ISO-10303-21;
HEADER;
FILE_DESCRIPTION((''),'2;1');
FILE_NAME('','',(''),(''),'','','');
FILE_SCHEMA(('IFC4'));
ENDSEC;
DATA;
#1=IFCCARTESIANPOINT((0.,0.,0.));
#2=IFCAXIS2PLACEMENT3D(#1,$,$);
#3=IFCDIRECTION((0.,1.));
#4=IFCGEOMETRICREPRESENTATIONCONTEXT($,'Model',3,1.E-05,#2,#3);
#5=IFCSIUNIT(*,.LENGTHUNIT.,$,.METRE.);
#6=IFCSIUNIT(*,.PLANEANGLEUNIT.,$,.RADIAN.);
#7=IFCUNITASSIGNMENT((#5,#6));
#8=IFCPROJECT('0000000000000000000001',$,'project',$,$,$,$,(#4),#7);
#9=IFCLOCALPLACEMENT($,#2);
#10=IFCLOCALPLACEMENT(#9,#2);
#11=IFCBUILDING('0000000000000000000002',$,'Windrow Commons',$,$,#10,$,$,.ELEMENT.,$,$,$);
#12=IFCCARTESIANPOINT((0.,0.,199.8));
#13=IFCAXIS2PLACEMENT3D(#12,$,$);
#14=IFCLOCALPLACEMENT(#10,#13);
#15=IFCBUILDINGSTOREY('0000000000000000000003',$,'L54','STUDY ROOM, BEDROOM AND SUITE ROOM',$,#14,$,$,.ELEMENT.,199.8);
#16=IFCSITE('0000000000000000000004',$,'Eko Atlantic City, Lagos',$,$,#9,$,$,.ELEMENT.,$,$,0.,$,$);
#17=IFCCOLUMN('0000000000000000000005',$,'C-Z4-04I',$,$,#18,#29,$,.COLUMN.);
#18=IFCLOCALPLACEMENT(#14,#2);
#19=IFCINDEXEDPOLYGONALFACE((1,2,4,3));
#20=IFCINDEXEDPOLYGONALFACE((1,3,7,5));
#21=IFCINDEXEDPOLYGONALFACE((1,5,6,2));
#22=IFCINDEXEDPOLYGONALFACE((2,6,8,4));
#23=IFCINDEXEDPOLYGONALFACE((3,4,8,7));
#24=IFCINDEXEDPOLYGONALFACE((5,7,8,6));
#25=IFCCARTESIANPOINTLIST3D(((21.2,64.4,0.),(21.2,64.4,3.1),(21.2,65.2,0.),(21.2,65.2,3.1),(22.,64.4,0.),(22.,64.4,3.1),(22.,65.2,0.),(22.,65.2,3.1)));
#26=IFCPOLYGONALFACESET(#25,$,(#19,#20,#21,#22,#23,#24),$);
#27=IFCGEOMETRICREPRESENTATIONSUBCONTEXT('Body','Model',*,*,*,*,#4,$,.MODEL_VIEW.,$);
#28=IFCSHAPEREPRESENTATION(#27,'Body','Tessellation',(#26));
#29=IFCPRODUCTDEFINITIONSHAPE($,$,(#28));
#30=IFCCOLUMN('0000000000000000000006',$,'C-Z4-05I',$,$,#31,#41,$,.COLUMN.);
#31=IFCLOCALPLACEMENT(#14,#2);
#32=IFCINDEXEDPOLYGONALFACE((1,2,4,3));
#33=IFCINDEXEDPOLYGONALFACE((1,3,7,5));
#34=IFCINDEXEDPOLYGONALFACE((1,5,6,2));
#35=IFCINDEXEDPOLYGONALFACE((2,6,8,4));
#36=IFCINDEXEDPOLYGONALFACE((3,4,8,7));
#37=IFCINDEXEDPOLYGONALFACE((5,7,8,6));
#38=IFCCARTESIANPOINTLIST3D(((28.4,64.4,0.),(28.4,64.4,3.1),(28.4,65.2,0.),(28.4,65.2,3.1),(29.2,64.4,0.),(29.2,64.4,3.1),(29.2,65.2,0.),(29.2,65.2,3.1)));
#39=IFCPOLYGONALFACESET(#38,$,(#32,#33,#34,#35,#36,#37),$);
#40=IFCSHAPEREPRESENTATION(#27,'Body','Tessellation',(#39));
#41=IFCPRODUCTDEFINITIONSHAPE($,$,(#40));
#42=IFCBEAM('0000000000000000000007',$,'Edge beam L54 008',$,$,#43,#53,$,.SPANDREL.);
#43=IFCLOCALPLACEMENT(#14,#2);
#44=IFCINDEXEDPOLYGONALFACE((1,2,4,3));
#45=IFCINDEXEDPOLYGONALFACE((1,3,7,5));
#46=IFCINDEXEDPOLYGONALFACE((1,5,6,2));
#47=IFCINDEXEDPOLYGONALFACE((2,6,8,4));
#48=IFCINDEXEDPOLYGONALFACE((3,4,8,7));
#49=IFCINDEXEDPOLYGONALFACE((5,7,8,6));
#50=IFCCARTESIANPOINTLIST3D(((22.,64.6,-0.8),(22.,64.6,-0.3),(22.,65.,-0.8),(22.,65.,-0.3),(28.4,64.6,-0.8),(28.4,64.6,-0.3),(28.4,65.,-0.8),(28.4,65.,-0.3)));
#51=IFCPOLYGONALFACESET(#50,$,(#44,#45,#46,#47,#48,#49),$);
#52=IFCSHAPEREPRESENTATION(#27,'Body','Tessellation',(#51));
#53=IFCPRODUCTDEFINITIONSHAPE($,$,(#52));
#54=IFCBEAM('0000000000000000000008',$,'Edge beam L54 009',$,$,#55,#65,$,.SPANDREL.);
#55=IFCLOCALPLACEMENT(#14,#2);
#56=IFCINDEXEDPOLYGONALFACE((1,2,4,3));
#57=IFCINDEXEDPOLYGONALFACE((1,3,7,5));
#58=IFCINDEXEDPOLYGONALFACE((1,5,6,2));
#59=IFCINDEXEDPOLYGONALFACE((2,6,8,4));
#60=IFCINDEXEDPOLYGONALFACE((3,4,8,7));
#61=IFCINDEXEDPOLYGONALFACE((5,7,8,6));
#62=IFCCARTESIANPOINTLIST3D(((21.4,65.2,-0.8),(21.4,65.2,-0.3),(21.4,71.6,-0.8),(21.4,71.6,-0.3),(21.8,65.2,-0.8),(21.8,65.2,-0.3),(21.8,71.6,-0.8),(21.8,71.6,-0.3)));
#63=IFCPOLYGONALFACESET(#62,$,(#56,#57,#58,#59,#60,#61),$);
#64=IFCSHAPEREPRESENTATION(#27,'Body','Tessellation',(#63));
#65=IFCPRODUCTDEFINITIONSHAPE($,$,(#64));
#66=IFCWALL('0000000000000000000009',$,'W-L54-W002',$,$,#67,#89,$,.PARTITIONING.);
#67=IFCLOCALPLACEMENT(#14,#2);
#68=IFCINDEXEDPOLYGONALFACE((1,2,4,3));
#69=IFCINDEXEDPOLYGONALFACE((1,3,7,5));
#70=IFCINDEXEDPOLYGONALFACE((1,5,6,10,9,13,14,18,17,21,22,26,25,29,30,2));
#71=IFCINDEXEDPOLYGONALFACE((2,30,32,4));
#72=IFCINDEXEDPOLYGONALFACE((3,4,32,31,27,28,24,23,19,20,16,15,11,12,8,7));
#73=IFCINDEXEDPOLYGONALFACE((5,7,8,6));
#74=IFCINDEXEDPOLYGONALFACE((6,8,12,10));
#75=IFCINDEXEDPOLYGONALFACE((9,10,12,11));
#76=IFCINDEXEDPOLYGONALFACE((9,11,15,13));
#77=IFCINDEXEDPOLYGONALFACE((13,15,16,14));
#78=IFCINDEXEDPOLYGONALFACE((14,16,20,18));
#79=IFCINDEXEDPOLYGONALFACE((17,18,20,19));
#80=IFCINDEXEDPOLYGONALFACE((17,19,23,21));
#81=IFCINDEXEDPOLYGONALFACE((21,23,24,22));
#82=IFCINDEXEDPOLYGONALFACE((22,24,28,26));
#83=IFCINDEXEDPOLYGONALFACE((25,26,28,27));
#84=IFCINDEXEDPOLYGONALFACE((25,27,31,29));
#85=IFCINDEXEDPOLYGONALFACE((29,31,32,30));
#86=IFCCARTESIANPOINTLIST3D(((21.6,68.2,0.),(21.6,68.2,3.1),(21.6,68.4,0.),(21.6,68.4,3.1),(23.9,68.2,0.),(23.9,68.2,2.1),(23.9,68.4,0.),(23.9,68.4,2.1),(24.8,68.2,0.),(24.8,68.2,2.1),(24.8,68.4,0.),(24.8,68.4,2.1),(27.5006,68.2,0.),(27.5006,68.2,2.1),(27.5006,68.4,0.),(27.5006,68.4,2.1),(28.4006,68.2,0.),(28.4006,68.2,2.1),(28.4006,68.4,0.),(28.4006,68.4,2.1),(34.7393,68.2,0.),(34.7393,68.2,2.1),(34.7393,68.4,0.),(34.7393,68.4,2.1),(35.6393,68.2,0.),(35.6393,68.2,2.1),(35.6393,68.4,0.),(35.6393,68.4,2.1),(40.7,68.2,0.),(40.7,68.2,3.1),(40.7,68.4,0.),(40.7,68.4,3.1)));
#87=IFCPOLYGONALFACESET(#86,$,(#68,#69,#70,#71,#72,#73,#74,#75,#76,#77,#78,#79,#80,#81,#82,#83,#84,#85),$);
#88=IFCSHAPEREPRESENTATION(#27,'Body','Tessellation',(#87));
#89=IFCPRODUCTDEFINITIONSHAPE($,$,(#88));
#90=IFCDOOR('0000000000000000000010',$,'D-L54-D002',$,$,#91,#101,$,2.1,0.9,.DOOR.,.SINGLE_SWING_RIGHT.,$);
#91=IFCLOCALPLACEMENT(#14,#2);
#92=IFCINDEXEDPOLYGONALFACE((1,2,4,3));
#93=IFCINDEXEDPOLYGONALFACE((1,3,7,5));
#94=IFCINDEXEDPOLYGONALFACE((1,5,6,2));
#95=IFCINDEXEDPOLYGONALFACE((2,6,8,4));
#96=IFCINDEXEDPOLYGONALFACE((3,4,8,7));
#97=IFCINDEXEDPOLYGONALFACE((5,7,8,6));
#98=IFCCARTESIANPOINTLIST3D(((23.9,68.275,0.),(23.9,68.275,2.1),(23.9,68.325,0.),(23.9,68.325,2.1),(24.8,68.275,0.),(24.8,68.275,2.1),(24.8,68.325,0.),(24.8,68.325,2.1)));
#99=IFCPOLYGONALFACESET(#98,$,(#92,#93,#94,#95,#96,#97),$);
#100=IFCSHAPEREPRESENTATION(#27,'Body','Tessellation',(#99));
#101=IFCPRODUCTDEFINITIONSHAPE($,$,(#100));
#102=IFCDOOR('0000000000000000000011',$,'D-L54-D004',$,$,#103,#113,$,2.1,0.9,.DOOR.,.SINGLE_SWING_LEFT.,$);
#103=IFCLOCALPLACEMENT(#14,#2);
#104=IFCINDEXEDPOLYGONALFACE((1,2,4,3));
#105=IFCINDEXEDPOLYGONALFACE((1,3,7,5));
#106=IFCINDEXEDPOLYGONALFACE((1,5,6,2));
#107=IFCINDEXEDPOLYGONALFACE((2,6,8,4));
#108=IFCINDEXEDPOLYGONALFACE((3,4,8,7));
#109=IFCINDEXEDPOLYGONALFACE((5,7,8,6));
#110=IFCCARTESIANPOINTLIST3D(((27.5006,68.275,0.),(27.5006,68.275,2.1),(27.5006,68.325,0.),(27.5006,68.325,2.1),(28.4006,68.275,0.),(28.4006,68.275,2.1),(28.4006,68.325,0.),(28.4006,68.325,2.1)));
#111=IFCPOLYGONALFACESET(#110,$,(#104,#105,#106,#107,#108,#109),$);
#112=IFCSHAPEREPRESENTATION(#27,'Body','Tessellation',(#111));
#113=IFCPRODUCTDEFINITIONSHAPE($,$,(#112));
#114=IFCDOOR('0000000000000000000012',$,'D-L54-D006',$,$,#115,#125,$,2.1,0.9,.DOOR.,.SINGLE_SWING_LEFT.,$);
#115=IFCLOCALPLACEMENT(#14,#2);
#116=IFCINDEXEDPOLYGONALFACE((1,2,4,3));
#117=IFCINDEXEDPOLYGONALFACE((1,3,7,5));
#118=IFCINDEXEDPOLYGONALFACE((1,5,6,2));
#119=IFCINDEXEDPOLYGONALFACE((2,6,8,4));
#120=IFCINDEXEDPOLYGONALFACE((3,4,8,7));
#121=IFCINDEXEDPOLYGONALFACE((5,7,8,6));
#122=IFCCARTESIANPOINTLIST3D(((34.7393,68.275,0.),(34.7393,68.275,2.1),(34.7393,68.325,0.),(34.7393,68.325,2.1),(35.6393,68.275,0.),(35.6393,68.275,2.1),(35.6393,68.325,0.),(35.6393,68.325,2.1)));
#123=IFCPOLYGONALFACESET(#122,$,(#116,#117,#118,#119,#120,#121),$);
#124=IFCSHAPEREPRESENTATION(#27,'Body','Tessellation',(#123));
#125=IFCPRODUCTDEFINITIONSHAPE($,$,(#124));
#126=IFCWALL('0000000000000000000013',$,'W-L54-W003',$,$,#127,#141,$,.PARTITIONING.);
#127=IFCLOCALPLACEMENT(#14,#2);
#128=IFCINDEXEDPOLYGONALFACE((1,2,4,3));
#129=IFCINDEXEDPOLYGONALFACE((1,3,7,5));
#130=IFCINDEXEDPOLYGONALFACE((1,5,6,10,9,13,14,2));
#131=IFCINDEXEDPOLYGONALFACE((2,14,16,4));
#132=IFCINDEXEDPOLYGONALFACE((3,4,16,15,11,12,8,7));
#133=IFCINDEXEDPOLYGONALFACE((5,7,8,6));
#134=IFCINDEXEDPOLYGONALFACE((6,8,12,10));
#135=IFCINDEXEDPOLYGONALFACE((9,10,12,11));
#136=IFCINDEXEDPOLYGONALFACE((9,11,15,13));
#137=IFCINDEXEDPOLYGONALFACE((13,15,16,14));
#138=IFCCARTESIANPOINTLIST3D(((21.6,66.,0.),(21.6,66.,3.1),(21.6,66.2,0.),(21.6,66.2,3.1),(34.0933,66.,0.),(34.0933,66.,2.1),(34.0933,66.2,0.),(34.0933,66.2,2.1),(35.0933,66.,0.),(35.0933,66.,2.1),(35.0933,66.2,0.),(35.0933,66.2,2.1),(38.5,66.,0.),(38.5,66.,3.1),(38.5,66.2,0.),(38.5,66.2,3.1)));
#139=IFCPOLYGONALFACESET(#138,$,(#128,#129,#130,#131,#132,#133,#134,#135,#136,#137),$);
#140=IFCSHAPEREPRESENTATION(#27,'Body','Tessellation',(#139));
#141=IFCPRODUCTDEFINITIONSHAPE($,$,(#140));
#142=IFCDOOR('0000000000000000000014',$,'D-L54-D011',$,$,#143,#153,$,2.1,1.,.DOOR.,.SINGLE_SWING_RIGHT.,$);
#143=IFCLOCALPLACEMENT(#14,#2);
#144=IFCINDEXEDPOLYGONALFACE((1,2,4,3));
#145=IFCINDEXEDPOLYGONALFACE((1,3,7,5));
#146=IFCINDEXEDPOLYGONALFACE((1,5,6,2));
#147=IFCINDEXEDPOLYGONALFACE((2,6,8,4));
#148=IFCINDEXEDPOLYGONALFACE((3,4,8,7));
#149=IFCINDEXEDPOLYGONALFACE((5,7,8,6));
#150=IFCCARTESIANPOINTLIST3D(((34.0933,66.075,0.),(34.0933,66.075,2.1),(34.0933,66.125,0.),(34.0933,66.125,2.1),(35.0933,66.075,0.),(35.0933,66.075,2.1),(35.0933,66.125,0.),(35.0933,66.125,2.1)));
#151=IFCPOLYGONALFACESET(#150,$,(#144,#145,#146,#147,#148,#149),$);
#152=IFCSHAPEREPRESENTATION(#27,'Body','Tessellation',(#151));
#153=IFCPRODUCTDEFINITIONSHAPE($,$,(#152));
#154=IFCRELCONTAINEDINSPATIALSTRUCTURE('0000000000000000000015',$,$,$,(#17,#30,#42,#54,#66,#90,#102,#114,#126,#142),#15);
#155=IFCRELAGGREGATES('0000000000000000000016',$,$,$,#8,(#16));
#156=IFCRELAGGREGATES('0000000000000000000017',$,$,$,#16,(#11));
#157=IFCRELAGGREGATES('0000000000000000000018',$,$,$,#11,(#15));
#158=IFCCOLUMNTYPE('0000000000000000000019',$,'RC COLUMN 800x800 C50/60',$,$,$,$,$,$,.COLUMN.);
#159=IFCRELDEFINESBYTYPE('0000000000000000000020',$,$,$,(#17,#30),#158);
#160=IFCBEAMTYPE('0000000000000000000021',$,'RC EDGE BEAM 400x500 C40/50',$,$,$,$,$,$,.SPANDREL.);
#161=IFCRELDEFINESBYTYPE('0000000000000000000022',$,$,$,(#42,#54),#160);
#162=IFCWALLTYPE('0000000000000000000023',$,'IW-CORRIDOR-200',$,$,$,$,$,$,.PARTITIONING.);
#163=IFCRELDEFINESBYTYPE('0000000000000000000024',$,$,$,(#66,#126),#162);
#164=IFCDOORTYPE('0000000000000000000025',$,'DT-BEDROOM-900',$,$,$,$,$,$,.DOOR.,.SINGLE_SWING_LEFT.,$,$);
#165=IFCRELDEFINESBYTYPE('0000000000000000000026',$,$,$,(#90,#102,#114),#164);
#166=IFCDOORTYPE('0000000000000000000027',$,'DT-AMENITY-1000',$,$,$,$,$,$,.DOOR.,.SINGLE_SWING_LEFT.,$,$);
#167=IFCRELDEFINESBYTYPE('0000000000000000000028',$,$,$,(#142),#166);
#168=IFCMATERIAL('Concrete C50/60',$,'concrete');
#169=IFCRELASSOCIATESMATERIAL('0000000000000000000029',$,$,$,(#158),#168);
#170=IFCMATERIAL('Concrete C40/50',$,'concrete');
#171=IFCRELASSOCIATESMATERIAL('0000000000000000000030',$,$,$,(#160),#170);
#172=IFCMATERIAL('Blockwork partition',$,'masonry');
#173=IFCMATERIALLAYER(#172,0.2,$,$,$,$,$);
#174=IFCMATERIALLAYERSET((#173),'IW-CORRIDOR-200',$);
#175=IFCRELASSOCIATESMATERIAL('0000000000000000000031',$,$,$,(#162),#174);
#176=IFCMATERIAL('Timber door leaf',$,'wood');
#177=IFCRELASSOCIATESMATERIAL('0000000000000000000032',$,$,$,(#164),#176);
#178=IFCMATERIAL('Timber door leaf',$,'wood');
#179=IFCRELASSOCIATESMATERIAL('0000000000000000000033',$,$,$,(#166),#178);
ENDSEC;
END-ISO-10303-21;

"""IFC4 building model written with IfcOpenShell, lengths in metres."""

from ifc_helpers import new_model, si_unit, direction, frame, frame_2d, origin, origin_2d, place, context, subcontext, project, spatial, rectangle, extrude, material, layer, layer_set, material_profile, profile_set, type_object, element, fill, save


model = new_model("IFC4")

# Units and contexts
model_context = context("Model", 3, precision=1e-05, world=origin(), true_north=direction((0.0, 1.0)))
body_context = subcontext(model_context, "Body", "Model", "MODEL_VIEW")
ifc_project = project(units=[si_unit("LENGTHUNIT", "METRE"), si_unit("PLANEANGLEUNIT", "RADIAN")], contexts=[model_context])

# Site, building, storey
site_placement = place(None, origin())
site = spatial("IfcSite", under=ifc_project, at=site_placement, Name="Eko Atlantic City, Lagos", CompositionType="ELEMENT", RefElevation=0.0)
building_placement = place(site_placement, origin())
building = spatial("IfcBuilding", under=site, at=building_placement, Name="Windrow Commons", CompositionType="ELEMENT")
storey_placement = place(building_placement, frame((0.0, 0.0, 199.8)))
storey = spatial("IfcBuildingStorey", under=building, at=storey_placement, Name="L54", Description="STUDY ROOM, BEDROOM AND SUITE ROOM", CompositionType="ELEMENT", Elevation=199.8)

# Columns
ifc_material_1 = material(Name="Concrete C50/60", Category="concrete")
ifc_material_profile_1 = material_profile(ifc_material_1, rectangle(XDim=0.8, YDim=0.8, at=origin_2d()))
ifc_profile_set_1 = profile_set([ifc_material_profile_1], Name="Concrete C50/60")
column_type = type_object("IfcColumnType", Name="RC COLUMN 800x800 C50/60", PredefinedType="COLUMN", material=ifc_profile_set_1)
for number, where, z_axis, x_axis, name in (
    (1, (21.6, 64.8, 0.0), (0.0, 0.0, 1.0), (1.0, 0.0, 0.0), "C-Z4-04I"),
    (2, (28.8, 64.8, 0.0), (0.0, 0.0, 1.0), (1.0, 0.0, 0.0), "C-Z4-05I"),
):
    element("IfcColumn", number, at=place(storey_placement, frame(where, z_axis=z_axis, x_axis=x_axis)), inside=storey, type_object=column_type, Name=name, PredefinedType="COLUMN", context=body_context, shape_type="SweptSolid", body=[
        extrude(rectangle(XDim=0.8, YDim=0.8, at=origin_2d()), origin(), (0.0, 0.0, 1.0), 3.1),
    ])

# Beams
ifc_material_2 = material(Name="Concrete C40/50", Category="concrete")
ifc_material_profile_2 = material_profile(ifc_material_2, rectangle(XDim=0.4, YDim=0.5, at=origin_2d()))
ifc_profile_set_2 = profile_set([ifc_material_profile_2], Name="Concrete C40/50")
beam_type = type_object("IfcBeamType", Name="RC EDGE BEAM 400x500 C40/50", PredefinedType="SPANDREL", material=ifc_profile_set_2)
for number, where, z_axis, x_axis, name in (
    (3, (28.4, 64.8, -0.55), (-1.0, 0.0, 0.0), (0.0, -1.0, 0.0), "Edge beam L54 008"),
    (4, (21.6, 65.2, -0.55), (0.0, 1.0, 0.0), (-1.0, 0.0, 0.0), "Edge beam L54 009"),
):
    element("IfcBeam", number, at=place(storey_placement, frame(where, z_axis=z_axis, x_axis=x_axis)), inside=storey, type_object=beam_type, Name=name, PredefinedType="SPANDREL", context=body_context, shape_type="SweptSolid", body=[
        extrude(rectangle(XDim=0.4, YDim=0.5, at=origin_2d()), origin(), (0.0, 0.0, 1.0), 6.4),
    ])

# Wall, openings, doors
ifc_material_3 = material(Name="Blockwork partition", Category="masonry")
ifc_layer_1 = layer(ifc_material_3, 0.2)
ifc_layer_set_1 = layer_set([ifc_layer_1], Name="IW-CORRIDOR-200")
wall_type_1 = type_object("IfcWallType", Name="IW-CORRIDOR-200", PredefinedType="PARTITIONING", material=ifc_layer_set_1)
wall_1_placement = place(storey_placement, frame((21.6, 68.3, 0.0), z_axis=(0.0, 0.0, 1.0), x_axis=(1.0, 0.0, 0.0)))
wall_1 = element("IfcWall", 5, at=wall_1_placement, inside=storey, type_object=wall_type_1, Name="W-L54-W002", PredefinedType="PARTITIONING", context=body_context, shape_type="SweptSolid", body=[
    extrude(rectangle(XDim=19.1, YDim=0.2, at=frame_2d((9.55, 0.0))), origin(), (0.0, 0.0, 1.0), 3.1),
])
opening_1_placement = place(wall_1_placement, frame((2.3, 0.0, 0.0)))
opening_1 = element("IfcOpeningElement", 6, at=opening_1_placement, cuts=wall_1, PredefinedType="OPENING", context=body_context, shape_type="SweptSolid", body=[
    extrude(rectangle(XDim=0.9, YDim=2.1, at=frame_2d((0.45, 1.05))), frame((0.0, 0.11, 0.0), z_axis=(0.0, -1.0, 0.0), x_axis=(1.0, 0.0, 0.0)), (0.0, 0.0, 1.0), 0.22),
])
opening_2_placement = place(wall_1_placement, frame((5.9006, 0.0, 0.0)))
opening_2 = element("IfcOpeningElement", 7, at=opening_2_placement, cuts=wall_1, PredefinedType="OPENING", context=body_context, shape_type="SweptSolid", body=[
    extrude(rectangle(XDim=0.9, YDim=2.1, at=frame_2d((0.45, 1.05))), frame((0.0, 0.11, 0.0), z_axis=(0.0, -1.0, 0.0), x_axis=(1.0, 0.0, 0.0)), (0.0, 0.0, 1.0), 0.22),
])
opening_3_placement = place(wall_1_placement, frame((13.1393, 0.0, 0.0)))
opening_3 = element("IfcOpeningElement", 8, at=opening_3_placement, cuts=wall_1, PredefinedType="OPENING", context=body_context, shape_type="SweptSolid", body=[
    extrude(rectangle(XDim=0.9, YDim=2.1, at=frame_2d((0.45, 1.05))), frame((0.0, 0.11, 0.0), z_axis=(0.0, -1.0, 0.0), x_axis=(1.0, 0.0, 0.0)), (0.0, 0.0, 1.0), 0.22),
])
ifc_material_4 = material(Name="Timber door leaf", Category="wood")
door_type_1 = type_object("IfcDoorType", Name="DT-BEDROOM-900", OperationType="SINGLE_SWING_LEFT", PredefinedType="DOOR", material=ifc_material_4)
door_1_placement = place(opening_1_placement, origin())
door_1 = element("IfcDoor", 9, at=door_1_placement, inside=storey, type_object=door_type_1, Name="D-L54-D002", OperationType="SINGLE_SWING_RIGHT", OverallHeight=2.1, OverallWidth=0.9, PredefinedType="DOOR", context=body_context, shape_type="SweptSolid", body=[
    extrude(rectangle(XDim=0.9, YDim=2.1, at=frame_2d((0.45, 1.05))), frame((0.0, 0.025, 0.0), z_axis=(0.0, -1.0, 0.0), x_axis=(1.0, 0.0, 0.0)), (0.0, 0.0, 1.0), 0.05),
])
fill(opening_1, door_1)
door_2_placement = place(opening_2_placement, origin())
door_2 = element("IfcDoor", 10, at=door_2_placement, inside=storey, type_object=door_type_1, Name="D-L54-D004", OperationType="SINGLE_SWING_LEFT", OverallHeight=2.1, OverallWidth=0.9, PredefinedType="DOOR", context=body_context, shape_type="SweptSolid", body=[
    extrude(rectangle(XDim=0.9, YDim=2.1, at=frame_2d((0.45, 1.05))), frame((0.0, 0.025, 0.0), z_axis=(0.0, -1.0, 0.0), x_axis=(1.0, 0.0, 0.0)), (0.0, 0.0, 1.0), 0.05),
])
fill(opening_2, door_2)
door_3_placement = place(opening_3_placement, origin())
door_3 = element("IfcDoor", 11, at=door_3_placement, inside=storey, type_object=door_type_1, Name="D-L54-D006", OperationType="SINGLE_SWING_LEFT", OverallHeight=2.1, OverallWidth=0.9, PredefinedType="DOOR", context=body_context, shape_type="SweptSolid", body=[
    extrude(rectangle(XDim=0.9, YDim=2.1, at=frame_2d((0.45, 1.05))), frame((0.0, 0.025, 0.0), z_axis=(0.0, -1.0, 0.0), x_axis=(1.0, 0.0, 0.0)), (0.0, 0.0, 1.0), 0.05),
])
fill(opening_3, door_3)

# Wall, opening, door
wall_2_placement = place(storey_placement, frame((21.6, 66.1, 0.0), z_axis=(0.0, 0.0, 1.0), x_axis=(1.0, 0.0, 0.0)))
wall_2 = element("IfcWall", 12, at=wall_2_placement, inside=storey, type_object=wall_type_1, Name="W-L54-W003", PredefinedType="PARTITIONING", context=body_context, shape_type="SweptSolid", body=[
    extrude(rectangle(XDim=16.9, YDim=0.2, at=frame_2d((8.45, 0.0))), origin(), (0.0, 0.0, 1.0), 3.1),
])
opening_4_placement = place(wall_2_placement, frame((12.4933, 0.0, 0.0)))
opening_4 = element("IfcOpeningElement", 13, at=opening_4_placement, cuts=wall_2, PredefinedType="OPENING", context=body_context, shape_type="SweptSolid", body=[
    extrude(rectangle(XDim=1.0, YDim=2.1, at=frame_2d((0.5, 1.05))), frame((0.0, 0.11, 0.0), z_axis=(0.0, -1.0, 0.0), x_axis=(1.0, 0.0, 0.0)), (0.0, 0.0, 1.0), 0.22),
])
ifc_material_5 = material(Name="Timber door leaf", Category="wood")
door_type_2 = type_object("IfcDoorType", Name="DT-AMENITY-1000", OperationType="SINGLE_SWING_LEFT", PredefinedType="DOOR", material=ifc_material_5)
door_4_placement = place(opening_4_placement, origin())
door_4 = element("IfcDoor", 14, at=door_4_placement, inside=storey, type_object=door_type_2, Name="D-L54-D011", OperationType="SINGLE_SWING_RIGHT", OverallHeight=2.1, OverallWidth=1.0, PredefinedType="DOOR", context=body_context, shape_type="SweptSolid", body=[
    extrude(rectangle(XDim=1.0, YDim=2.1, at=frame_2d((0.5, 1.05))), frame((0.0, 0.025, 0.0), z_axis=(0.0, -1.0, 0.0), x_axis=(1.0, 0.0, 0.0)), (0.0, 0.0, 1.0), 0.05),
])
fill(opening_4, door_4)

save(model, "model.ifc")
